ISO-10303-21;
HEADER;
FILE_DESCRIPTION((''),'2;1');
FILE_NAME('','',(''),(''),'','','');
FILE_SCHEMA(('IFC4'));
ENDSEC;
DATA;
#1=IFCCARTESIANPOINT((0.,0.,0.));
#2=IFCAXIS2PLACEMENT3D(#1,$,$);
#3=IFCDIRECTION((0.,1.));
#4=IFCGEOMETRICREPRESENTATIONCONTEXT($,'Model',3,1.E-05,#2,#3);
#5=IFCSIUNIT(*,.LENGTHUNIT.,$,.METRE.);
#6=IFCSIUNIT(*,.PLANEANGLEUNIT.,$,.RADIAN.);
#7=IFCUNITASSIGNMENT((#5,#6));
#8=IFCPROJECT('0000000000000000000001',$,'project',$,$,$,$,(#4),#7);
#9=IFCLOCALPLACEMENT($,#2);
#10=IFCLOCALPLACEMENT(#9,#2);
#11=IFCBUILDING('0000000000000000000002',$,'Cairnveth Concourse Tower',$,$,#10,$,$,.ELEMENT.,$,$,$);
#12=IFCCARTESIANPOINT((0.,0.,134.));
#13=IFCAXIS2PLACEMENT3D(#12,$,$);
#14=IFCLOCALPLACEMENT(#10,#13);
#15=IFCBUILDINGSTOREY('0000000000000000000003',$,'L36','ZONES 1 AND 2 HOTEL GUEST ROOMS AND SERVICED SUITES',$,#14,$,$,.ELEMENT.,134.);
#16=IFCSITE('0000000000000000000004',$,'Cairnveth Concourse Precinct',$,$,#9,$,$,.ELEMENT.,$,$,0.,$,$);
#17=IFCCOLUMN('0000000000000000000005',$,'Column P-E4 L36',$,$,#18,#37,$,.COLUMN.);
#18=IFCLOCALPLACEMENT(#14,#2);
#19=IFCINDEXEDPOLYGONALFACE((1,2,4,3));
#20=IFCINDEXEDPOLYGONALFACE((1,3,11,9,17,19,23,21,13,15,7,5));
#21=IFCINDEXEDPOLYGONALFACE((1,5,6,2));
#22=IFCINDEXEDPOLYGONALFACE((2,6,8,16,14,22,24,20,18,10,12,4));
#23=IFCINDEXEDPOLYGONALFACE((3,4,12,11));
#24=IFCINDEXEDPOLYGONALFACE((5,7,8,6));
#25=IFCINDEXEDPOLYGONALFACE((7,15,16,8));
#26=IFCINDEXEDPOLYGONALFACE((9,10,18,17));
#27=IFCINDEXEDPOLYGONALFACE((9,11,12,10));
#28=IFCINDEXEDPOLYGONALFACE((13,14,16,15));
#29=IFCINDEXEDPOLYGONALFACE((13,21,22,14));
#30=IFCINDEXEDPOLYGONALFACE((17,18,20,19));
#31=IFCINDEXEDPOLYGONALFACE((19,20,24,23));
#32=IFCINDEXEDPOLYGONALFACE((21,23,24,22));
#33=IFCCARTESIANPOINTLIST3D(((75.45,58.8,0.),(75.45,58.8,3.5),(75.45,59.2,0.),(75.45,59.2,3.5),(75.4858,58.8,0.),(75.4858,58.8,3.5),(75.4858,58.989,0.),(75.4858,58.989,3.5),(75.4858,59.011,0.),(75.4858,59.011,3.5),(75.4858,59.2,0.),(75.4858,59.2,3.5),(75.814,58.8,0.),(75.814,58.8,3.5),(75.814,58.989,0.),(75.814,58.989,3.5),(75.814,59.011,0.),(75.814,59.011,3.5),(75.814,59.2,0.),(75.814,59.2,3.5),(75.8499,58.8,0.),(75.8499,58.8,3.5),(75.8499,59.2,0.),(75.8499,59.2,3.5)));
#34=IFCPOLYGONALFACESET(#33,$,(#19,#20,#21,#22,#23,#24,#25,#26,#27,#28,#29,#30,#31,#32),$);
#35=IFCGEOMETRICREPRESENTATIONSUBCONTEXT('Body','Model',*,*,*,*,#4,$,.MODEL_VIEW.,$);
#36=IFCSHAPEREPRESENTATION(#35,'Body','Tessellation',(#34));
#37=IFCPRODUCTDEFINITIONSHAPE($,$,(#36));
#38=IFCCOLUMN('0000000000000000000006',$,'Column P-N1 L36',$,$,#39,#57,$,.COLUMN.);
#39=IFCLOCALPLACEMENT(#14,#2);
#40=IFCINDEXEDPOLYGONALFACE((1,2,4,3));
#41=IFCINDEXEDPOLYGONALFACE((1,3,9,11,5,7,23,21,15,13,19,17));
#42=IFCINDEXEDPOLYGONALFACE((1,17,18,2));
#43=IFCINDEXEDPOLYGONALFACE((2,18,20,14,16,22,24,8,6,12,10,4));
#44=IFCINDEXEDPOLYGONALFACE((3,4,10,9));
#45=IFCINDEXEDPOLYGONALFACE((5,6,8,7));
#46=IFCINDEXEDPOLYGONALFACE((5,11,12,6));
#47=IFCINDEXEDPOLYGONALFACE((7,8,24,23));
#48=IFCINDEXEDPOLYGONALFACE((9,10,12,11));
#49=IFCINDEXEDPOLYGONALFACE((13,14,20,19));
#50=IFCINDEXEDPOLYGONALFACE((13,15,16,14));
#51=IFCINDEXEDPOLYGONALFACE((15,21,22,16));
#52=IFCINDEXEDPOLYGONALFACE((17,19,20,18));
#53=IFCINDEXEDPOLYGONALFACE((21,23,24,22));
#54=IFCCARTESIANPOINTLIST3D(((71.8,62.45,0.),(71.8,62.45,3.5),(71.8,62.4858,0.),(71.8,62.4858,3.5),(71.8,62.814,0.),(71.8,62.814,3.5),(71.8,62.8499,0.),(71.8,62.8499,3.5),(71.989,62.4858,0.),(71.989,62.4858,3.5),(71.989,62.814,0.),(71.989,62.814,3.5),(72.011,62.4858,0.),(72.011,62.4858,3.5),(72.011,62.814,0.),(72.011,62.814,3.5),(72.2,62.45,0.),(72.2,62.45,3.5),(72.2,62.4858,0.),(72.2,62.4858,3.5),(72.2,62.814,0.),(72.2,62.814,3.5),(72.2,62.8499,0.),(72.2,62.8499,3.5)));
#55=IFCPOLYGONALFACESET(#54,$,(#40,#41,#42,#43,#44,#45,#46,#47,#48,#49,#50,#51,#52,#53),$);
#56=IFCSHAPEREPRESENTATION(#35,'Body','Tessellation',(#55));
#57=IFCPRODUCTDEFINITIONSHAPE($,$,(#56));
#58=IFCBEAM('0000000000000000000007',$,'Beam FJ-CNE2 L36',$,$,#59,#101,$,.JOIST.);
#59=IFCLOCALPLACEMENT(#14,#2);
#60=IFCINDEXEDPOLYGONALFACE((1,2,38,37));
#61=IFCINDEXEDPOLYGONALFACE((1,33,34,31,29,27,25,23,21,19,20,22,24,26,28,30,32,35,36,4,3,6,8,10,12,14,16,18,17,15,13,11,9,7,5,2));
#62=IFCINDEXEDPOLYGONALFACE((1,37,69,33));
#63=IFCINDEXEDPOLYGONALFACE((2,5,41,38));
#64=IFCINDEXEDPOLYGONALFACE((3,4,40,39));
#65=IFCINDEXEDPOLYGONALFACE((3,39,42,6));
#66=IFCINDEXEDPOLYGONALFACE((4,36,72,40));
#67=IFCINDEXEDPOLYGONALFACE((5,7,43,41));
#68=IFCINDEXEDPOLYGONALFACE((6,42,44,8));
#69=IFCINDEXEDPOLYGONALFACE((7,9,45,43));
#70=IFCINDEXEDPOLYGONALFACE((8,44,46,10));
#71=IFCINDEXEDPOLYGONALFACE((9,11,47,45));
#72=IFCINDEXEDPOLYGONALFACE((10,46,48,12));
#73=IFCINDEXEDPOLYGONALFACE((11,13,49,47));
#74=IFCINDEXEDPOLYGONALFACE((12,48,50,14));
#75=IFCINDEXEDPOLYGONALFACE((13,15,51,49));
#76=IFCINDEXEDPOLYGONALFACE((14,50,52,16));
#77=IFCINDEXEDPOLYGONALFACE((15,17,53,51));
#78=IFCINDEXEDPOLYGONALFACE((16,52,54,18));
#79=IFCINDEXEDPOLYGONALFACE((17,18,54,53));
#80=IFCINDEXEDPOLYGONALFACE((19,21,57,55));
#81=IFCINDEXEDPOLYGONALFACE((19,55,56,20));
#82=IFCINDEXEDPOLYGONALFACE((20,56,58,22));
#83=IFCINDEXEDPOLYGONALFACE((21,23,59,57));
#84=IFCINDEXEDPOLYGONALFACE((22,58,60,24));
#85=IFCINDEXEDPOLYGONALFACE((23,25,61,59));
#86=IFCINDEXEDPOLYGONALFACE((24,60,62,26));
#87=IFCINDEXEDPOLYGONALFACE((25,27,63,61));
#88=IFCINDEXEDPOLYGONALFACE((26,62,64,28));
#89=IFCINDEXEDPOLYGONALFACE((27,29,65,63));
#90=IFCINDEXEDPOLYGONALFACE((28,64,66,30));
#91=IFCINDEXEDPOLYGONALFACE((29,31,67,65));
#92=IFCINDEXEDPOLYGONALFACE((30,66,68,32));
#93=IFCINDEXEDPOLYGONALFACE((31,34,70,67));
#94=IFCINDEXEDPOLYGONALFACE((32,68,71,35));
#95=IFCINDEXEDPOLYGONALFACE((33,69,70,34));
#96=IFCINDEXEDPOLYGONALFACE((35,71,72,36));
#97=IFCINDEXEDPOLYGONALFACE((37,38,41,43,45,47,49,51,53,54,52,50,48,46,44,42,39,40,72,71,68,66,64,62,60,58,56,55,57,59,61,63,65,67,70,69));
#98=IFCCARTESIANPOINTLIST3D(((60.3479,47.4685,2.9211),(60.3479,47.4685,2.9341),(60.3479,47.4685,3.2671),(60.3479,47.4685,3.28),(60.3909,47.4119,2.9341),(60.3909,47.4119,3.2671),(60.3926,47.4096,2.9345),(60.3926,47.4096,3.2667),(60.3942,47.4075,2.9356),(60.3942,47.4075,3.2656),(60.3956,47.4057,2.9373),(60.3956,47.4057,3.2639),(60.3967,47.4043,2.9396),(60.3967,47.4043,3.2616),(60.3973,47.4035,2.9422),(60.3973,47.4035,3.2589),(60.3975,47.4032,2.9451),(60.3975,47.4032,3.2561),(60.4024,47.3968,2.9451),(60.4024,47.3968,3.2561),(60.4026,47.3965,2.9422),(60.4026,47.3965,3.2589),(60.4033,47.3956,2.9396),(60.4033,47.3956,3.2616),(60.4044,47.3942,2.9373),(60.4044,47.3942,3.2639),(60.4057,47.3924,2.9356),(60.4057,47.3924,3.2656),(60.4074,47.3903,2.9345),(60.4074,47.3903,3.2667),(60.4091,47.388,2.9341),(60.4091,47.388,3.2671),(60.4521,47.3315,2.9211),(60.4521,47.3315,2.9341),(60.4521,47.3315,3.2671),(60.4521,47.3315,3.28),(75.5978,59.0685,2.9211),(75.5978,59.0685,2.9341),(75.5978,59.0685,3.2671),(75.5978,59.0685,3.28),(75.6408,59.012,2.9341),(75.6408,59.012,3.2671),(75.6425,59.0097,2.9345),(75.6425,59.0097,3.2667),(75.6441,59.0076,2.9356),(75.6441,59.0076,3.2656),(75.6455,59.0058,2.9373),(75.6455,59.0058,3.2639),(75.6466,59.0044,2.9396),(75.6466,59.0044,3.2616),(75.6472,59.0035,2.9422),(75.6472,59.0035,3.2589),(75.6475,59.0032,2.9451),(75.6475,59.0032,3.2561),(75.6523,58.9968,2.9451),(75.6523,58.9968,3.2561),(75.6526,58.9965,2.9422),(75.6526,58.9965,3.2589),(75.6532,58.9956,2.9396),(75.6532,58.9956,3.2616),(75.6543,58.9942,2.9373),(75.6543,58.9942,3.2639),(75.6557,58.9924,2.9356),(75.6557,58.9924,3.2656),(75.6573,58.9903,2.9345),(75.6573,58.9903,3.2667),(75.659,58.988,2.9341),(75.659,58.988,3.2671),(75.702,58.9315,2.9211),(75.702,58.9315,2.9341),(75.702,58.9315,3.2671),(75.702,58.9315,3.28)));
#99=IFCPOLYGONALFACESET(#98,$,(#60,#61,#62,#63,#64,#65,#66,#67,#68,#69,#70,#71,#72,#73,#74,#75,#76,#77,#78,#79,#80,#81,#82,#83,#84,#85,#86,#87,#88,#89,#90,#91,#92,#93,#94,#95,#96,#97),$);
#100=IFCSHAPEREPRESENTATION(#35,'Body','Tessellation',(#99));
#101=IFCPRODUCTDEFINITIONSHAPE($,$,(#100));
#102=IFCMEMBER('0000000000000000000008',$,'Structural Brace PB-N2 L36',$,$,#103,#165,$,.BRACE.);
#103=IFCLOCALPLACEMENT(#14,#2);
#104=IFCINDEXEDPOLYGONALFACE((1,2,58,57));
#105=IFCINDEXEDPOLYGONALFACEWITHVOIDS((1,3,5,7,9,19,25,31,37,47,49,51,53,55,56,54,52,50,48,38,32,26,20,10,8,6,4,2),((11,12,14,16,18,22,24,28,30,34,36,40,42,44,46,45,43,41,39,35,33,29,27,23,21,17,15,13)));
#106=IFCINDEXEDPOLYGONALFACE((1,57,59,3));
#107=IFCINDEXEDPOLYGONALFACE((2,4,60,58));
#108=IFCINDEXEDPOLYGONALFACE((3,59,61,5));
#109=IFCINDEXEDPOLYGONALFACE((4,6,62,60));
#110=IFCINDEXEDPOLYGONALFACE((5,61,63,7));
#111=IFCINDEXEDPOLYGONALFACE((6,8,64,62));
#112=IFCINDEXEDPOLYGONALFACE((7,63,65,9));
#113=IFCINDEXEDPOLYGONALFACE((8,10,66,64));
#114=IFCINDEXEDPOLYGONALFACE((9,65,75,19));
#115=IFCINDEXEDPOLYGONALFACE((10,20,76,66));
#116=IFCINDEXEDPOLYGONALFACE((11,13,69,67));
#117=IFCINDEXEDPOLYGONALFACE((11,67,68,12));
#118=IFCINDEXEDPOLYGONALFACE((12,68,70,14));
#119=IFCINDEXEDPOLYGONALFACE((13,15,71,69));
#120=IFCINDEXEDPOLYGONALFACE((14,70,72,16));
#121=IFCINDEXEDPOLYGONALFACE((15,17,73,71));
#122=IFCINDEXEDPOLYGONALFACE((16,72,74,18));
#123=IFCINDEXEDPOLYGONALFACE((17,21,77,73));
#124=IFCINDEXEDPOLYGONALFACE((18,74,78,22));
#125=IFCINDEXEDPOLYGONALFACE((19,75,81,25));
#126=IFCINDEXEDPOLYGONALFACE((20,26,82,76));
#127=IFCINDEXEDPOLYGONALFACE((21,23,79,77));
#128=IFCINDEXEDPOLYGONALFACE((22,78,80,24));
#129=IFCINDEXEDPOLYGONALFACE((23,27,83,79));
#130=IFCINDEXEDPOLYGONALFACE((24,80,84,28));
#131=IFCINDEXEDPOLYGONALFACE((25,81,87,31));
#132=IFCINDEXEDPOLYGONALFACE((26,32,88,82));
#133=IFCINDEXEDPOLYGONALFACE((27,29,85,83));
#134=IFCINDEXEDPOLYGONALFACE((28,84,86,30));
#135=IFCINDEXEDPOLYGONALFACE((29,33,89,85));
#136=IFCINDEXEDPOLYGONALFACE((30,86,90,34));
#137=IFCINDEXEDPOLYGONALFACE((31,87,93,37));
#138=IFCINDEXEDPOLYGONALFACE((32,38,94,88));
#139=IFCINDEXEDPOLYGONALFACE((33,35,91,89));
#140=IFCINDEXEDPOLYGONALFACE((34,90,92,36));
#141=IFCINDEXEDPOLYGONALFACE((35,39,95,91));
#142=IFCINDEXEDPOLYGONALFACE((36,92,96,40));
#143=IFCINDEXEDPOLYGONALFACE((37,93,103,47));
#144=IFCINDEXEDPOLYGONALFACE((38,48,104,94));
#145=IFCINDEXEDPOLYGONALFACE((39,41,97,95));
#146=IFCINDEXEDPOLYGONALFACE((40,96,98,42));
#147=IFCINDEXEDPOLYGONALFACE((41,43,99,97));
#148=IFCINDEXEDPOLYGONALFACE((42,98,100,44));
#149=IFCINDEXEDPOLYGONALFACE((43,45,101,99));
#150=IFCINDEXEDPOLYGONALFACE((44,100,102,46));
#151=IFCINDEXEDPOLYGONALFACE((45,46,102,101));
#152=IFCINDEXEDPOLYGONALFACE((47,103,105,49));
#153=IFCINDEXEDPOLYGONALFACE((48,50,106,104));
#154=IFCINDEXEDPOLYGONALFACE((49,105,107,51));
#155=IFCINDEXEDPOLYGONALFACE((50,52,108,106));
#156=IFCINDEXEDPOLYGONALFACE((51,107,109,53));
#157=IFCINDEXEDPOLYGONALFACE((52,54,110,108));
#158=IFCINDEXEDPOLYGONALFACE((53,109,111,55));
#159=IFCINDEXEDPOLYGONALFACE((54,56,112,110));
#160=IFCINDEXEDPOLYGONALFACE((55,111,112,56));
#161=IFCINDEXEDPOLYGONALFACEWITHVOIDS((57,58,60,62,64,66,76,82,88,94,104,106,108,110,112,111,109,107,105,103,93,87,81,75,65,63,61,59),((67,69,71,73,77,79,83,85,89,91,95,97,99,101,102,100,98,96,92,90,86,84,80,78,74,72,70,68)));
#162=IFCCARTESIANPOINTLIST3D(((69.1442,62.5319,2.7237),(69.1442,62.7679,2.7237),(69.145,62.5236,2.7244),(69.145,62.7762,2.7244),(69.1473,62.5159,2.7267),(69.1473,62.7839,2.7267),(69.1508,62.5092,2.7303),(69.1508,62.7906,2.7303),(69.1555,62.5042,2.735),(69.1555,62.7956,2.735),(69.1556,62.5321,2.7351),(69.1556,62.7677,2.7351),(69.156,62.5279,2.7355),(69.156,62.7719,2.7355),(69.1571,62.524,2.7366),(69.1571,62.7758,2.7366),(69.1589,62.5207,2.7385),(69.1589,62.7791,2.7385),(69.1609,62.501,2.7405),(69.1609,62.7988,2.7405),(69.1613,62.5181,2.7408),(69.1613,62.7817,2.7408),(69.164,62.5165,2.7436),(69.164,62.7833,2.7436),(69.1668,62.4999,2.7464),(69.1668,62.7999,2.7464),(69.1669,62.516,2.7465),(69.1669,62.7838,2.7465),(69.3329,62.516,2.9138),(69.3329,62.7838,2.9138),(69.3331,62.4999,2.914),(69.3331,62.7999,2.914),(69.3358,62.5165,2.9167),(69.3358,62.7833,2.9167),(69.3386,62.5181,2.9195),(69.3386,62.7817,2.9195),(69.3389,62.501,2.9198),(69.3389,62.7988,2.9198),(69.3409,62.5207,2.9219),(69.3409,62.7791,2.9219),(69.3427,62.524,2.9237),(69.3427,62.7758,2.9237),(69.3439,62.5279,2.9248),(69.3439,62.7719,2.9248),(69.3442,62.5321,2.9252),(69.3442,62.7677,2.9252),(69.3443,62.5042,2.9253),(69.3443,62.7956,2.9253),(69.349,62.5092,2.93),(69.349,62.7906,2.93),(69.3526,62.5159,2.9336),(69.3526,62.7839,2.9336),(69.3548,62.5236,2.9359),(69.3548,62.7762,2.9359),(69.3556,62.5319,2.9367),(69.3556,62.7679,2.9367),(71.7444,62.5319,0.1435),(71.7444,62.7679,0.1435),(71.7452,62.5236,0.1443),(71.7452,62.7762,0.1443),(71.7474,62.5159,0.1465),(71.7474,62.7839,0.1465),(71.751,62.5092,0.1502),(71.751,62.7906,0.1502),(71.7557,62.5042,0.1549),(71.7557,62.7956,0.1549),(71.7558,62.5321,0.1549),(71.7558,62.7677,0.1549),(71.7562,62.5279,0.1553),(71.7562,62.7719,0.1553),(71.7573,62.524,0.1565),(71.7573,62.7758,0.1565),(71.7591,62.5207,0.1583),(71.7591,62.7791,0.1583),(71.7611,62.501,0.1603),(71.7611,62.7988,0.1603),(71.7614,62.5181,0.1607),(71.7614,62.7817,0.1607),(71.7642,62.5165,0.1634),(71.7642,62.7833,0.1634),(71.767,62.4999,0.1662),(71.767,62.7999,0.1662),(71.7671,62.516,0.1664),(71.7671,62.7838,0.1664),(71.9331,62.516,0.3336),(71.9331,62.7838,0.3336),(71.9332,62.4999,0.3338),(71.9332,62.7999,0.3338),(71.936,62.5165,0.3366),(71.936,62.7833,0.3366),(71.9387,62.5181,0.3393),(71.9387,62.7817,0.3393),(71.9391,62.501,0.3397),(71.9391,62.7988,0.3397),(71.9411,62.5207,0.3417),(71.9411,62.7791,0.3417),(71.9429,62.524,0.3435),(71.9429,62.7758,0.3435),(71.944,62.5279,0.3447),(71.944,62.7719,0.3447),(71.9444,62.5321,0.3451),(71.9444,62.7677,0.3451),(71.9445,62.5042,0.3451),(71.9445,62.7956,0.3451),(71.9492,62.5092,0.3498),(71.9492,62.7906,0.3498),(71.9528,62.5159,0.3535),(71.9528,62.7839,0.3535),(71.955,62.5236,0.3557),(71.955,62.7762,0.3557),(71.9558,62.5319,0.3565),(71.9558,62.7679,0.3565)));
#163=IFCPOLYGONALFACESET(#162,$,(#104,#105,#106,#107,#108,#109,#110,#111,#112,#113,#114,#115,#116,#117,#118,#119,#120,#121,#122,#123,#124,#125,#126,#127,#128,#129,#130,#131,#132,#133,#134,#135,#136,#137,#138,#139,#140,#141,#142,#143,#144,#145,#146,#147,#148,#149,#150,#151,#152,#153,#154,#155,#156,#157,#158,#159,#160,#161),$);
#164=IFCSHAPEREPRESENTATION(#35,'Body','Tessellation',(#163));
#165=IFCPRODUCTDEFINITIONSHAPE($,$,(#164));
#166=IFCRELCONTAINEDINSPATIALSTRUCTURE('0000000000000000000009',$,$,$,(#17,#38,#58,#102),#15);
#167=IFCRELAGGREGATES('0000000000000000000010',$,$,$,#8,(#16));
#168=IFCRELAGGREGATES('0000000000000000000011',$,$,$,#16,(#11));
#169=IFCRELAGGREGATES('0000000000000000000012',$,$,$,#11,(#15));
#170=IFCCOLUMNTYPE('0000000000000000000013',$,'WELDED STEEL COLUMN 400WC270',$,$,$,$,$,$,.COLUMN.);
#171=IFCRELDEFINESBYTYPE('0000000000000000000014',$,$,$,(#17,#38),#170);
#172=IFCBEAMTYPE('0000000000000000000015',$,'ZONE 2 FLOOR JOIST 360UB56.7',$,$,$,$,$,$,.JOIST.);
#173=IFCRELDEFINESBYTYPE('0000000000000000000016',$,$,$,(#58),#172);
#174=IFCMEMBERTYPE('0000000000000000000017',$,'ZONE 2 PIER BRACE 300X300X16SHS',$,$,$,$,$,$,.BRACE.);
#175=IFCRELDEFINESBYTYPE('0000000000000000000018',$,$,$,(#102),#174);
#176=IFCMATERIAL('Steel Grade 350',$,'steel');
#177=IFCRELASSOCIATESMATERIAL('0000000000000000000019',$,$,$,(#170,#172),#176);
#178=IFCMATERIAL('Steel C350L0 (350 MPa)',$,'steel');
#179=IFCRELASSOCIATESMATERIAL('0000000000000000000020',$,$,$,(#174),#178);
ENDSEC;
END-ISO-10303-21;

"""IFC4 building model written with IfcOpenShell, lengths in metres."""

from ifc_helpers import new_model, si_unit, direction, frame, origin, origin_2d, place, context, subcontext, project, spatial, hollow_rectangle, i_section, extrude, material, material_profile, profile_set, type_object, element, save


model = new_model("IFC4")

# Units and contexts
model_context = context("Model", 3, precision=1e-05, world=origin(), true_north=direction((0.0, 1.0)))
body_context = subcontext(model_context, "Body", "Model", "MODEL_VIEW")
ifc_project = project(units=[si_unit("LENGTHUNIT", "METRE"), si_unit("PLANEANGLEUNIT", "RADIAN")], contexts=[model_context])

# Site, building, storey
site_placement = place(None, origin())
site = spatial("IfcSite", under=ifc_project, at=site_placement, Name="Cairnveth Concourse Precinct", CompositionType="ELEMENT", RefElevation=0.0)
building_placement = place(site_placement, origin())
building = spatial("IfcBuilding", under=site, at=building_placement, Name="Cairnveth Concourse Tower", CompositionType="ELEMENT")
storey_placement = place(building_placement, frame((0.0, 0.0, 134.0)))
storey = spatial("IfcBuildingStorey", under=building, at=storey_placement, Name="L36", Description="ZONES 1 AND 2 HOTEL GUEST ROOMS AND SERVICED SUITES", CompositionType="ELEMENT", Elevation=134.0)

# Columns
ifc_material_1 = material(Name="Steel Grade 350", Category="steel")
ifc_material_profile_1 = material_profile(ifc_material_1, i_section(OverallWidth=0.3999, OverallDepth=0.3999, WebThickness=0.022, FlangeThickness=0.0359, at=origin_2d()), Name="400WC270")
ifc_profile_set_1 = profile_set([ifc_material_profile_1], Name="Steel Grade 350")
column_type = type_object("IfcColumnType", Name="WELDED STEEL COLUMN 400WC270", PredefinedType="COLUMN", material=ifc_profile_set_1)
for number, where, z_axis, x_axis, name in (
    (1, (75.6499, 59.0, 0.0), (0.0, 0.0, 1.0), (0.0, 1.0, 0.0), "Column P-E4 L36"),
    (2, (72.0, 62.6499, 0.0), (0.0, 0.0, 1.0), (1.0, 0.0, 0.0), "Column P-N1 L36"),
):
    element("IfcColumn", number, at=place(storey_placement, frame(where, z_axis=z_axis, x_axis=x_axis)), inside=storey, type_object=column_type, Name=name, PredefinedType="COLUMN", context=body_context, shape_type="SweptSolid", body=[
        extrude(i_section(OverallWidth=0.3999, OverallDepth=0.3999, WebThickness=0.022, FlangeThickness=0.0359, at=origin_2d()), origin(), (0.0, 0.0, 1.0), 3.5),
    ])

# Beam
ifc_material_profile_2 = material_profile(ifc_material_1, i_section(OverallWidth=0.1721, OverallDepth=0.3589, WebThickness=0.0081, FlangeThickness=0.0129, FilletRadius=0.011, at=origin_2d()), Name="360UB56.7")
ifc_profile_set_2 = profile_set([ifc_material_profile_2], Name="Steel Grade 350")
beam_type_1 = type_object("IfcBeamType", Name="ZONE 2 FLOOR JOIST 360UB56.7", PredefinedType="JOIST", material=ifc_profile_set_2)
beam_1_placement = place(storey_placement, frame((75.6499, 59.0, 3.1006), z_axis=(-0.795908, -0.605417, 0.0), x_axis=(0.605417, -0.795908, 0.0)))
element("IfcBeam", 3, at=beam_1_placement, inside=storey, type_object=beam_type_1, Name="Beam FJ-CNE2 L36", PredefinedType="JOIST", context=body_context, shape_type="SweptSolid", body=[
    extrude(i_section(OverallWidth=0.1721, OverallDepth=0.3589, WebThickness=0.0081, FlangeThickness=0.0129, FilletRadius=0.011, at=origin_2d()), origin(), (0.0, 0.0, 1.0), 19.1604),
])

# Member
ifc_material_2 = material(Name="Steel C350L0 (350 MPa)", Category="steel")
ifc_material_profile_3 = material_profile(ifc_material_2, hollow_rectangle(XDim=0.3, YDim=0.3, WallThickness=0.0161, InnerFilletRadius=0.0161, OuterFilletRadius=0.032, at=origin_2d()), Name="300x300x16.0SHS")
ifc_profile_set_3 = profile_set([ifc_material_profile_3], Name="Steel C350L0 (350 MPa)")
member_type = type_object("IfcMemberType", Name="ZONE 2 PIER BRACE 300X300X16SHS", PredefinedType="BRACE", material=ifc_profile_set_3)
for number, where, z_axis, x_axis, name in (
    (4, (71.8501, 62.6499, 0.25), (-0.709834, 0.0, 0.704369), (0.0, -1.0, 0.0), "Structural Brace PB-N2 L36"),
):
    element("IfcMember", number, at=place(storey_placement, frame(where, z_axis=z_axis, x_axis=x_axis)), inside=storey, type_object=member_type, Name=name, PredefinedType="BRACE", context=body_context, shape_type="SweptSolid", body=[
        extrude(hollow_rectangle(XDim=0.3, YDim=0.3, WallThickness=0.0161, InnerFilletRadius=0.0161, OuterFilletRadius=0.032, at=origin_2d()), origin(), (0.0, 0.0, 1.0), 3.6631),
    ])

save(model, "model.ifc")
